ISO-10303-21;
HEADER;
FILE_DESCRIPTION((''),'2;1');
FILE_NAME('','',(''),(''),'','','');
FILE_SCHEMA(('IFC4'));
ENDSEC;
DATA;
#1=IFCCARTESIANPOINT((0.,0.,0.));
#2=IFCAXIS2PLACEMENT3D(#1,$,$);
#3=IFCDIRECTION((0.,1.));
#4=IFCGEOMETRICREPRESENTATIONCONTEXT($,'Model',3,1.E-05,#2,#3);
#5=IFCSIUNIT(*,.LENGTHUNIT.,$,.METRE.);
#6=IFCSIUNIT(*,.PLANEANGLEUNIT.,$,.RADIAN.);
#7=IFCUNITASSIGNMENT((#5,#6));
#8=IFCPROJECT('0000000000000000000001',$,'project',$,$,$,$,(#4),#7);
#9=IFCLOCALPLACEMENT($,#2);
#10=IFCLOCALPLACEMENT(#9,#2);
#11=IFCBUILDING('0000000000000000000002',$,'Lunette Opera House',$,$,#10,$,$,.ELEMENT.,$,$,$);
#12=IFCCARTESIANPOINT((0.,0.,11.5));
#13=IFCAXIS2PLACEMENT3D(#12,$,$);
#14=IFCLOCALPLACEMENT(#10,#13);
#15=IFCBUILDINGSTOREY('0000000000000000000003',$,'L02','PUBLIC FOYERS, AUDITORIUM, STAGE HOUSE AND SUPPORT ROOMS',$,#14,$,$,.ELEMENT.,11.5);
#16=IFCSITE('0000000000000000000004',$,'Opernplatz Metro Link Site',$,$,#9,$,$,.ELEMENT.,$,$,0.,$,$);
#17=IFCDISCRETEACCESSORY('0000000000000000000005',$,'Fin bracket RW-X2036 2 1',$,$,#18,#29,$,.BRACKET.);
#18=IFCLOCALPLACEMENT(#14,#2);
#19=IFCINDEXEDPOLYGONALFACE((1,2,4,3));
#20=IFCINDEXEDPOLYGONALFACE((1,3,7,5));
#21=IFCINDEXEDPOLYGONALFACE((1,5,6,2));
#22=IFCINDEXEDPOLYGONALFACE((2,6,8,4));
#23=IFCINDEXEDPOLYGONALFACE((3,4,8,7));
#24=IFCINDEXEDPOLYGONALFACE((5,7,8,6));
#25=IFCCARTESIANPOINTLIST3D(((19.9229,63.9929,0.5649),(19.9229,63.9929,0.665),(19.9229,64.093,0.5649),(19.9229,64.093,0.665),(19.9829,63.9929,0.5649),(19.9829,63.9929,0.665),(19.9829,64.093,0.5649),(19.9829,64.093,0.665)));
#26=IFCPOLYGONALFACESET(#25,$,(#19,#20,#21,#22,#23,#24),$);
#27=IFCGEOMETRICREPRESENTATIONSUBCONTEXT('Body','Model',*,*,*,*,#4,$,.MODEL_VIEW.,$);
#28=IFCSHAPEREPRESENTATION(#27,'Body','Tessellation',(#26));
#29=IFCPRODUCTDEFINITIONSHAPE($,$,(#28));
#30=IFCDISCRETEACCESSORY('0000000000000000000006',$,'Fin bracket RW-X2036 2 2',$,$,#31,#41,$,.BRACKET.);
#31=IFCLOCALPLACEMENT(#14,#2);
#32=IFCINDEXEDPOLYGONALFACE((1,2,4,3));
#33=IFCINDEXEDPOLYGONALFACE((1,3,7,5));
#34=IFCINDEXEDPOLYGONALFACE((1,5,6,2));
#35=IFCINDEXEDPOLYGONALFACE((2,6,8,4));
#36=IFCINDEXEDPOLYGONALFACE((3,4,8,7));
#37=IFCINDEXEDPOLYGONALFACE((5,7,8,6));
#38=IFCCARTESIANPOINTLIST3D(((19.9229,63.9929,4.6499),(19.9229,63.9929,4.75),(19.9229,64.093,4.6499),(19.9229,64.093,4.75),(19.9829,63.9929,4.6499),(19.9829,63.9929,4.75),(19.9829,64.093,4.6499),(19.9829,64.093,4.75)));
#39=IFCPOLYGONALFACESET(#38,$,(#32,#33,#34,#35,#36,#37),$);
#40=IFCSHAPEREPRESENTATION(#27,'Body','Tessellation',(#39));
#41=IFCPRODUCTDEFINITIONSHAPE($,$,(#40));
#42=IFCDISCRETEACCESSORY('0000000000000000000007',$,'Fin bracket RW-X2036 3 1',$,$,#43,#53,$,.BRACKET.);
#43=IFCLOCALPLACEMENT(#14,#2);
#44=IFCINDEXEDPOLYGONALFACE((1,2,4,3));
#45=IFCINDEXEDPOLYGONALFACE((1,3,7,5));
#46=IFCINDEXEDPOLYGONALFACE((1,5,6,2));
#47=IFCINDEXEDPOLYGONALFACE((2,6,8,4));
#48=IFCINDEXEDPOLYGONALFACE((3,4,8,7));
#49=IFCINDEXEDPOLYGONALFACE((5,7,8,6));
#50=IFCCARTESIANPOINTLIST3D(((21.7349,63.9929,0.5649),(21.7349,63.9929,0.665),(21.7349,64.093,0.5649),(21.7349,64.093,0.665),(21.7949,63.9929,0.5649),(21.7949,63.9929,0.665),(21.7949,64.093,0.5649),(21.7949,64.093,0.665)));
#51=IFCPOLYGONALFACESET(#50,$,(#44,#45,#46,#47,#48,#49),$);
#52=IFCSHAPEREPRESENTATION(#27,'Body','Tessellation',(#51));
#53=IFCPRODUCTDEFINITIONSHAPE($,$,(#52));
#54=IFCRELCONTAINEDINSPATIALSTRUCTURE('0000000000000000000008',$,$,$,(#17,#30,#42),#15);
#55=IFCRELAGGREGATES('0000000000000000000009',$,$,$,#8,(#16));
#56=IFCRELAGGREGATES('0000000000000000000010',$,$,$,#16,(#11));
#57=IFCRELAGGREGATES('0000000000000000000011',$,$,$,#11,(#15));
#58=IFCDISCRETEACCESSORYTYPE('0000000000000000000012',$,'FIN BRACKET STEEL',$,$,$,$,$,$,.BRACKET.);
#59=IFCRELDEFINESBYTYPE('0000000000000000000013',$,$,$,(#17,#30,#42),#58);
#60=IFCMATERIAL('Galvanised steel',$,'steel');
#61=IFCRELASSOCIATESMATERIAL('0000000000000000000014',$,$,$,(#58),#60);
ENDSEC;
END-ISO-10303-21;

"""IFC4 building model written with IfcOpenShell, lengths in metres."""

from ifc_helpers import new_model, si_unit, direction, frame, origin, origin_2d, place, context, subcontext, project, spatial, rectangle, extrude, material, type_object, element, save


model = new_model("IFC4")

# Units and contexts
model_context = context("Model", 3, precision=1e-05, world=origin(), true_north=direction((0.0, 1.0)))
body_context = subcontext(model_context, "Body", "Model", "MODEL_VIEW")
ifc_project = project(units=[si_unit("LENGTHUNIT", "METRE"), si_unit("PLANEANGLEUNIT", "RADIAN")], contexts=[model_context])

# Site, building, storey
site_placement = place(None, origin())
site = spatial("IfcSite", under=ifc_project, at=site_placement, Name="Opernplatz Metro Link Site", CompositionType="ELEMENT", RefElevation=0.0)
building_placement = place(site_placement, origin())
building = spatial("IfcBuilding", under=site, at=building_placement, Name="Lunette Opera House", CompositionType="ELEMENT")
storey_placement = place(building_placement, frame((0.0, 0.0, 11.5)))
storey = spatial("IfcBuildingStorey", under=building, at=storey_placement, Name="L02", Description="PUBLIC FOYERS, AUDITORIUM, STAGE HOUSE AND SUPPORT ROOMS", CompositionType="ELEMENT", Elevation=11.5)

# Discrete accessories
ifc_material_1 = material(Name="Galvanised steel", Category="steel")
discrete_accessory_type = type_object("IfcDiscreteAccessoryType", Name="FIN BRACKET STEEL", PredefinedType="BRACKET", material=ifc_material_1)
for number, where, z_axis, x_axis, name in (
    (1, (19.9529, 64.043, 0.5649), (0.0, 0.0, 1.0), (0.0, -1.0, 0.0), "Fin bracket RW-X2036 2 1"),
    (2, (19.9529, 64.043, 4.6499), (0.0, 0.0, 1.0), (0.0, -1.0, 0.0), "Fin bracket RW-X2036 2 2"),
    (3, (21.7649, 64.043, 0.5649), (0.0, 0.0, 1.0), (0.0, -1.0, 0.0), "Fin bracket RW-X2036 3 1"),
):
    element("IfcDiscreteAccessory", number, at=place(storey_placement, frame(where, z_axis=z_axis, x_axis=x_axis)), inside=storey, type_object=discrete_accessory_type, Name=name, PredefinedType="BRACKET", context=body_context, shape_type="SweptSolid", body=[
        extrude(rectangle(XDim=0.1001, YDim=0.0601, at=origin_2d()), origin(), (0.0, 0.0, 1.0), 0.1001),
    ])

save(model, "model.ifc")
